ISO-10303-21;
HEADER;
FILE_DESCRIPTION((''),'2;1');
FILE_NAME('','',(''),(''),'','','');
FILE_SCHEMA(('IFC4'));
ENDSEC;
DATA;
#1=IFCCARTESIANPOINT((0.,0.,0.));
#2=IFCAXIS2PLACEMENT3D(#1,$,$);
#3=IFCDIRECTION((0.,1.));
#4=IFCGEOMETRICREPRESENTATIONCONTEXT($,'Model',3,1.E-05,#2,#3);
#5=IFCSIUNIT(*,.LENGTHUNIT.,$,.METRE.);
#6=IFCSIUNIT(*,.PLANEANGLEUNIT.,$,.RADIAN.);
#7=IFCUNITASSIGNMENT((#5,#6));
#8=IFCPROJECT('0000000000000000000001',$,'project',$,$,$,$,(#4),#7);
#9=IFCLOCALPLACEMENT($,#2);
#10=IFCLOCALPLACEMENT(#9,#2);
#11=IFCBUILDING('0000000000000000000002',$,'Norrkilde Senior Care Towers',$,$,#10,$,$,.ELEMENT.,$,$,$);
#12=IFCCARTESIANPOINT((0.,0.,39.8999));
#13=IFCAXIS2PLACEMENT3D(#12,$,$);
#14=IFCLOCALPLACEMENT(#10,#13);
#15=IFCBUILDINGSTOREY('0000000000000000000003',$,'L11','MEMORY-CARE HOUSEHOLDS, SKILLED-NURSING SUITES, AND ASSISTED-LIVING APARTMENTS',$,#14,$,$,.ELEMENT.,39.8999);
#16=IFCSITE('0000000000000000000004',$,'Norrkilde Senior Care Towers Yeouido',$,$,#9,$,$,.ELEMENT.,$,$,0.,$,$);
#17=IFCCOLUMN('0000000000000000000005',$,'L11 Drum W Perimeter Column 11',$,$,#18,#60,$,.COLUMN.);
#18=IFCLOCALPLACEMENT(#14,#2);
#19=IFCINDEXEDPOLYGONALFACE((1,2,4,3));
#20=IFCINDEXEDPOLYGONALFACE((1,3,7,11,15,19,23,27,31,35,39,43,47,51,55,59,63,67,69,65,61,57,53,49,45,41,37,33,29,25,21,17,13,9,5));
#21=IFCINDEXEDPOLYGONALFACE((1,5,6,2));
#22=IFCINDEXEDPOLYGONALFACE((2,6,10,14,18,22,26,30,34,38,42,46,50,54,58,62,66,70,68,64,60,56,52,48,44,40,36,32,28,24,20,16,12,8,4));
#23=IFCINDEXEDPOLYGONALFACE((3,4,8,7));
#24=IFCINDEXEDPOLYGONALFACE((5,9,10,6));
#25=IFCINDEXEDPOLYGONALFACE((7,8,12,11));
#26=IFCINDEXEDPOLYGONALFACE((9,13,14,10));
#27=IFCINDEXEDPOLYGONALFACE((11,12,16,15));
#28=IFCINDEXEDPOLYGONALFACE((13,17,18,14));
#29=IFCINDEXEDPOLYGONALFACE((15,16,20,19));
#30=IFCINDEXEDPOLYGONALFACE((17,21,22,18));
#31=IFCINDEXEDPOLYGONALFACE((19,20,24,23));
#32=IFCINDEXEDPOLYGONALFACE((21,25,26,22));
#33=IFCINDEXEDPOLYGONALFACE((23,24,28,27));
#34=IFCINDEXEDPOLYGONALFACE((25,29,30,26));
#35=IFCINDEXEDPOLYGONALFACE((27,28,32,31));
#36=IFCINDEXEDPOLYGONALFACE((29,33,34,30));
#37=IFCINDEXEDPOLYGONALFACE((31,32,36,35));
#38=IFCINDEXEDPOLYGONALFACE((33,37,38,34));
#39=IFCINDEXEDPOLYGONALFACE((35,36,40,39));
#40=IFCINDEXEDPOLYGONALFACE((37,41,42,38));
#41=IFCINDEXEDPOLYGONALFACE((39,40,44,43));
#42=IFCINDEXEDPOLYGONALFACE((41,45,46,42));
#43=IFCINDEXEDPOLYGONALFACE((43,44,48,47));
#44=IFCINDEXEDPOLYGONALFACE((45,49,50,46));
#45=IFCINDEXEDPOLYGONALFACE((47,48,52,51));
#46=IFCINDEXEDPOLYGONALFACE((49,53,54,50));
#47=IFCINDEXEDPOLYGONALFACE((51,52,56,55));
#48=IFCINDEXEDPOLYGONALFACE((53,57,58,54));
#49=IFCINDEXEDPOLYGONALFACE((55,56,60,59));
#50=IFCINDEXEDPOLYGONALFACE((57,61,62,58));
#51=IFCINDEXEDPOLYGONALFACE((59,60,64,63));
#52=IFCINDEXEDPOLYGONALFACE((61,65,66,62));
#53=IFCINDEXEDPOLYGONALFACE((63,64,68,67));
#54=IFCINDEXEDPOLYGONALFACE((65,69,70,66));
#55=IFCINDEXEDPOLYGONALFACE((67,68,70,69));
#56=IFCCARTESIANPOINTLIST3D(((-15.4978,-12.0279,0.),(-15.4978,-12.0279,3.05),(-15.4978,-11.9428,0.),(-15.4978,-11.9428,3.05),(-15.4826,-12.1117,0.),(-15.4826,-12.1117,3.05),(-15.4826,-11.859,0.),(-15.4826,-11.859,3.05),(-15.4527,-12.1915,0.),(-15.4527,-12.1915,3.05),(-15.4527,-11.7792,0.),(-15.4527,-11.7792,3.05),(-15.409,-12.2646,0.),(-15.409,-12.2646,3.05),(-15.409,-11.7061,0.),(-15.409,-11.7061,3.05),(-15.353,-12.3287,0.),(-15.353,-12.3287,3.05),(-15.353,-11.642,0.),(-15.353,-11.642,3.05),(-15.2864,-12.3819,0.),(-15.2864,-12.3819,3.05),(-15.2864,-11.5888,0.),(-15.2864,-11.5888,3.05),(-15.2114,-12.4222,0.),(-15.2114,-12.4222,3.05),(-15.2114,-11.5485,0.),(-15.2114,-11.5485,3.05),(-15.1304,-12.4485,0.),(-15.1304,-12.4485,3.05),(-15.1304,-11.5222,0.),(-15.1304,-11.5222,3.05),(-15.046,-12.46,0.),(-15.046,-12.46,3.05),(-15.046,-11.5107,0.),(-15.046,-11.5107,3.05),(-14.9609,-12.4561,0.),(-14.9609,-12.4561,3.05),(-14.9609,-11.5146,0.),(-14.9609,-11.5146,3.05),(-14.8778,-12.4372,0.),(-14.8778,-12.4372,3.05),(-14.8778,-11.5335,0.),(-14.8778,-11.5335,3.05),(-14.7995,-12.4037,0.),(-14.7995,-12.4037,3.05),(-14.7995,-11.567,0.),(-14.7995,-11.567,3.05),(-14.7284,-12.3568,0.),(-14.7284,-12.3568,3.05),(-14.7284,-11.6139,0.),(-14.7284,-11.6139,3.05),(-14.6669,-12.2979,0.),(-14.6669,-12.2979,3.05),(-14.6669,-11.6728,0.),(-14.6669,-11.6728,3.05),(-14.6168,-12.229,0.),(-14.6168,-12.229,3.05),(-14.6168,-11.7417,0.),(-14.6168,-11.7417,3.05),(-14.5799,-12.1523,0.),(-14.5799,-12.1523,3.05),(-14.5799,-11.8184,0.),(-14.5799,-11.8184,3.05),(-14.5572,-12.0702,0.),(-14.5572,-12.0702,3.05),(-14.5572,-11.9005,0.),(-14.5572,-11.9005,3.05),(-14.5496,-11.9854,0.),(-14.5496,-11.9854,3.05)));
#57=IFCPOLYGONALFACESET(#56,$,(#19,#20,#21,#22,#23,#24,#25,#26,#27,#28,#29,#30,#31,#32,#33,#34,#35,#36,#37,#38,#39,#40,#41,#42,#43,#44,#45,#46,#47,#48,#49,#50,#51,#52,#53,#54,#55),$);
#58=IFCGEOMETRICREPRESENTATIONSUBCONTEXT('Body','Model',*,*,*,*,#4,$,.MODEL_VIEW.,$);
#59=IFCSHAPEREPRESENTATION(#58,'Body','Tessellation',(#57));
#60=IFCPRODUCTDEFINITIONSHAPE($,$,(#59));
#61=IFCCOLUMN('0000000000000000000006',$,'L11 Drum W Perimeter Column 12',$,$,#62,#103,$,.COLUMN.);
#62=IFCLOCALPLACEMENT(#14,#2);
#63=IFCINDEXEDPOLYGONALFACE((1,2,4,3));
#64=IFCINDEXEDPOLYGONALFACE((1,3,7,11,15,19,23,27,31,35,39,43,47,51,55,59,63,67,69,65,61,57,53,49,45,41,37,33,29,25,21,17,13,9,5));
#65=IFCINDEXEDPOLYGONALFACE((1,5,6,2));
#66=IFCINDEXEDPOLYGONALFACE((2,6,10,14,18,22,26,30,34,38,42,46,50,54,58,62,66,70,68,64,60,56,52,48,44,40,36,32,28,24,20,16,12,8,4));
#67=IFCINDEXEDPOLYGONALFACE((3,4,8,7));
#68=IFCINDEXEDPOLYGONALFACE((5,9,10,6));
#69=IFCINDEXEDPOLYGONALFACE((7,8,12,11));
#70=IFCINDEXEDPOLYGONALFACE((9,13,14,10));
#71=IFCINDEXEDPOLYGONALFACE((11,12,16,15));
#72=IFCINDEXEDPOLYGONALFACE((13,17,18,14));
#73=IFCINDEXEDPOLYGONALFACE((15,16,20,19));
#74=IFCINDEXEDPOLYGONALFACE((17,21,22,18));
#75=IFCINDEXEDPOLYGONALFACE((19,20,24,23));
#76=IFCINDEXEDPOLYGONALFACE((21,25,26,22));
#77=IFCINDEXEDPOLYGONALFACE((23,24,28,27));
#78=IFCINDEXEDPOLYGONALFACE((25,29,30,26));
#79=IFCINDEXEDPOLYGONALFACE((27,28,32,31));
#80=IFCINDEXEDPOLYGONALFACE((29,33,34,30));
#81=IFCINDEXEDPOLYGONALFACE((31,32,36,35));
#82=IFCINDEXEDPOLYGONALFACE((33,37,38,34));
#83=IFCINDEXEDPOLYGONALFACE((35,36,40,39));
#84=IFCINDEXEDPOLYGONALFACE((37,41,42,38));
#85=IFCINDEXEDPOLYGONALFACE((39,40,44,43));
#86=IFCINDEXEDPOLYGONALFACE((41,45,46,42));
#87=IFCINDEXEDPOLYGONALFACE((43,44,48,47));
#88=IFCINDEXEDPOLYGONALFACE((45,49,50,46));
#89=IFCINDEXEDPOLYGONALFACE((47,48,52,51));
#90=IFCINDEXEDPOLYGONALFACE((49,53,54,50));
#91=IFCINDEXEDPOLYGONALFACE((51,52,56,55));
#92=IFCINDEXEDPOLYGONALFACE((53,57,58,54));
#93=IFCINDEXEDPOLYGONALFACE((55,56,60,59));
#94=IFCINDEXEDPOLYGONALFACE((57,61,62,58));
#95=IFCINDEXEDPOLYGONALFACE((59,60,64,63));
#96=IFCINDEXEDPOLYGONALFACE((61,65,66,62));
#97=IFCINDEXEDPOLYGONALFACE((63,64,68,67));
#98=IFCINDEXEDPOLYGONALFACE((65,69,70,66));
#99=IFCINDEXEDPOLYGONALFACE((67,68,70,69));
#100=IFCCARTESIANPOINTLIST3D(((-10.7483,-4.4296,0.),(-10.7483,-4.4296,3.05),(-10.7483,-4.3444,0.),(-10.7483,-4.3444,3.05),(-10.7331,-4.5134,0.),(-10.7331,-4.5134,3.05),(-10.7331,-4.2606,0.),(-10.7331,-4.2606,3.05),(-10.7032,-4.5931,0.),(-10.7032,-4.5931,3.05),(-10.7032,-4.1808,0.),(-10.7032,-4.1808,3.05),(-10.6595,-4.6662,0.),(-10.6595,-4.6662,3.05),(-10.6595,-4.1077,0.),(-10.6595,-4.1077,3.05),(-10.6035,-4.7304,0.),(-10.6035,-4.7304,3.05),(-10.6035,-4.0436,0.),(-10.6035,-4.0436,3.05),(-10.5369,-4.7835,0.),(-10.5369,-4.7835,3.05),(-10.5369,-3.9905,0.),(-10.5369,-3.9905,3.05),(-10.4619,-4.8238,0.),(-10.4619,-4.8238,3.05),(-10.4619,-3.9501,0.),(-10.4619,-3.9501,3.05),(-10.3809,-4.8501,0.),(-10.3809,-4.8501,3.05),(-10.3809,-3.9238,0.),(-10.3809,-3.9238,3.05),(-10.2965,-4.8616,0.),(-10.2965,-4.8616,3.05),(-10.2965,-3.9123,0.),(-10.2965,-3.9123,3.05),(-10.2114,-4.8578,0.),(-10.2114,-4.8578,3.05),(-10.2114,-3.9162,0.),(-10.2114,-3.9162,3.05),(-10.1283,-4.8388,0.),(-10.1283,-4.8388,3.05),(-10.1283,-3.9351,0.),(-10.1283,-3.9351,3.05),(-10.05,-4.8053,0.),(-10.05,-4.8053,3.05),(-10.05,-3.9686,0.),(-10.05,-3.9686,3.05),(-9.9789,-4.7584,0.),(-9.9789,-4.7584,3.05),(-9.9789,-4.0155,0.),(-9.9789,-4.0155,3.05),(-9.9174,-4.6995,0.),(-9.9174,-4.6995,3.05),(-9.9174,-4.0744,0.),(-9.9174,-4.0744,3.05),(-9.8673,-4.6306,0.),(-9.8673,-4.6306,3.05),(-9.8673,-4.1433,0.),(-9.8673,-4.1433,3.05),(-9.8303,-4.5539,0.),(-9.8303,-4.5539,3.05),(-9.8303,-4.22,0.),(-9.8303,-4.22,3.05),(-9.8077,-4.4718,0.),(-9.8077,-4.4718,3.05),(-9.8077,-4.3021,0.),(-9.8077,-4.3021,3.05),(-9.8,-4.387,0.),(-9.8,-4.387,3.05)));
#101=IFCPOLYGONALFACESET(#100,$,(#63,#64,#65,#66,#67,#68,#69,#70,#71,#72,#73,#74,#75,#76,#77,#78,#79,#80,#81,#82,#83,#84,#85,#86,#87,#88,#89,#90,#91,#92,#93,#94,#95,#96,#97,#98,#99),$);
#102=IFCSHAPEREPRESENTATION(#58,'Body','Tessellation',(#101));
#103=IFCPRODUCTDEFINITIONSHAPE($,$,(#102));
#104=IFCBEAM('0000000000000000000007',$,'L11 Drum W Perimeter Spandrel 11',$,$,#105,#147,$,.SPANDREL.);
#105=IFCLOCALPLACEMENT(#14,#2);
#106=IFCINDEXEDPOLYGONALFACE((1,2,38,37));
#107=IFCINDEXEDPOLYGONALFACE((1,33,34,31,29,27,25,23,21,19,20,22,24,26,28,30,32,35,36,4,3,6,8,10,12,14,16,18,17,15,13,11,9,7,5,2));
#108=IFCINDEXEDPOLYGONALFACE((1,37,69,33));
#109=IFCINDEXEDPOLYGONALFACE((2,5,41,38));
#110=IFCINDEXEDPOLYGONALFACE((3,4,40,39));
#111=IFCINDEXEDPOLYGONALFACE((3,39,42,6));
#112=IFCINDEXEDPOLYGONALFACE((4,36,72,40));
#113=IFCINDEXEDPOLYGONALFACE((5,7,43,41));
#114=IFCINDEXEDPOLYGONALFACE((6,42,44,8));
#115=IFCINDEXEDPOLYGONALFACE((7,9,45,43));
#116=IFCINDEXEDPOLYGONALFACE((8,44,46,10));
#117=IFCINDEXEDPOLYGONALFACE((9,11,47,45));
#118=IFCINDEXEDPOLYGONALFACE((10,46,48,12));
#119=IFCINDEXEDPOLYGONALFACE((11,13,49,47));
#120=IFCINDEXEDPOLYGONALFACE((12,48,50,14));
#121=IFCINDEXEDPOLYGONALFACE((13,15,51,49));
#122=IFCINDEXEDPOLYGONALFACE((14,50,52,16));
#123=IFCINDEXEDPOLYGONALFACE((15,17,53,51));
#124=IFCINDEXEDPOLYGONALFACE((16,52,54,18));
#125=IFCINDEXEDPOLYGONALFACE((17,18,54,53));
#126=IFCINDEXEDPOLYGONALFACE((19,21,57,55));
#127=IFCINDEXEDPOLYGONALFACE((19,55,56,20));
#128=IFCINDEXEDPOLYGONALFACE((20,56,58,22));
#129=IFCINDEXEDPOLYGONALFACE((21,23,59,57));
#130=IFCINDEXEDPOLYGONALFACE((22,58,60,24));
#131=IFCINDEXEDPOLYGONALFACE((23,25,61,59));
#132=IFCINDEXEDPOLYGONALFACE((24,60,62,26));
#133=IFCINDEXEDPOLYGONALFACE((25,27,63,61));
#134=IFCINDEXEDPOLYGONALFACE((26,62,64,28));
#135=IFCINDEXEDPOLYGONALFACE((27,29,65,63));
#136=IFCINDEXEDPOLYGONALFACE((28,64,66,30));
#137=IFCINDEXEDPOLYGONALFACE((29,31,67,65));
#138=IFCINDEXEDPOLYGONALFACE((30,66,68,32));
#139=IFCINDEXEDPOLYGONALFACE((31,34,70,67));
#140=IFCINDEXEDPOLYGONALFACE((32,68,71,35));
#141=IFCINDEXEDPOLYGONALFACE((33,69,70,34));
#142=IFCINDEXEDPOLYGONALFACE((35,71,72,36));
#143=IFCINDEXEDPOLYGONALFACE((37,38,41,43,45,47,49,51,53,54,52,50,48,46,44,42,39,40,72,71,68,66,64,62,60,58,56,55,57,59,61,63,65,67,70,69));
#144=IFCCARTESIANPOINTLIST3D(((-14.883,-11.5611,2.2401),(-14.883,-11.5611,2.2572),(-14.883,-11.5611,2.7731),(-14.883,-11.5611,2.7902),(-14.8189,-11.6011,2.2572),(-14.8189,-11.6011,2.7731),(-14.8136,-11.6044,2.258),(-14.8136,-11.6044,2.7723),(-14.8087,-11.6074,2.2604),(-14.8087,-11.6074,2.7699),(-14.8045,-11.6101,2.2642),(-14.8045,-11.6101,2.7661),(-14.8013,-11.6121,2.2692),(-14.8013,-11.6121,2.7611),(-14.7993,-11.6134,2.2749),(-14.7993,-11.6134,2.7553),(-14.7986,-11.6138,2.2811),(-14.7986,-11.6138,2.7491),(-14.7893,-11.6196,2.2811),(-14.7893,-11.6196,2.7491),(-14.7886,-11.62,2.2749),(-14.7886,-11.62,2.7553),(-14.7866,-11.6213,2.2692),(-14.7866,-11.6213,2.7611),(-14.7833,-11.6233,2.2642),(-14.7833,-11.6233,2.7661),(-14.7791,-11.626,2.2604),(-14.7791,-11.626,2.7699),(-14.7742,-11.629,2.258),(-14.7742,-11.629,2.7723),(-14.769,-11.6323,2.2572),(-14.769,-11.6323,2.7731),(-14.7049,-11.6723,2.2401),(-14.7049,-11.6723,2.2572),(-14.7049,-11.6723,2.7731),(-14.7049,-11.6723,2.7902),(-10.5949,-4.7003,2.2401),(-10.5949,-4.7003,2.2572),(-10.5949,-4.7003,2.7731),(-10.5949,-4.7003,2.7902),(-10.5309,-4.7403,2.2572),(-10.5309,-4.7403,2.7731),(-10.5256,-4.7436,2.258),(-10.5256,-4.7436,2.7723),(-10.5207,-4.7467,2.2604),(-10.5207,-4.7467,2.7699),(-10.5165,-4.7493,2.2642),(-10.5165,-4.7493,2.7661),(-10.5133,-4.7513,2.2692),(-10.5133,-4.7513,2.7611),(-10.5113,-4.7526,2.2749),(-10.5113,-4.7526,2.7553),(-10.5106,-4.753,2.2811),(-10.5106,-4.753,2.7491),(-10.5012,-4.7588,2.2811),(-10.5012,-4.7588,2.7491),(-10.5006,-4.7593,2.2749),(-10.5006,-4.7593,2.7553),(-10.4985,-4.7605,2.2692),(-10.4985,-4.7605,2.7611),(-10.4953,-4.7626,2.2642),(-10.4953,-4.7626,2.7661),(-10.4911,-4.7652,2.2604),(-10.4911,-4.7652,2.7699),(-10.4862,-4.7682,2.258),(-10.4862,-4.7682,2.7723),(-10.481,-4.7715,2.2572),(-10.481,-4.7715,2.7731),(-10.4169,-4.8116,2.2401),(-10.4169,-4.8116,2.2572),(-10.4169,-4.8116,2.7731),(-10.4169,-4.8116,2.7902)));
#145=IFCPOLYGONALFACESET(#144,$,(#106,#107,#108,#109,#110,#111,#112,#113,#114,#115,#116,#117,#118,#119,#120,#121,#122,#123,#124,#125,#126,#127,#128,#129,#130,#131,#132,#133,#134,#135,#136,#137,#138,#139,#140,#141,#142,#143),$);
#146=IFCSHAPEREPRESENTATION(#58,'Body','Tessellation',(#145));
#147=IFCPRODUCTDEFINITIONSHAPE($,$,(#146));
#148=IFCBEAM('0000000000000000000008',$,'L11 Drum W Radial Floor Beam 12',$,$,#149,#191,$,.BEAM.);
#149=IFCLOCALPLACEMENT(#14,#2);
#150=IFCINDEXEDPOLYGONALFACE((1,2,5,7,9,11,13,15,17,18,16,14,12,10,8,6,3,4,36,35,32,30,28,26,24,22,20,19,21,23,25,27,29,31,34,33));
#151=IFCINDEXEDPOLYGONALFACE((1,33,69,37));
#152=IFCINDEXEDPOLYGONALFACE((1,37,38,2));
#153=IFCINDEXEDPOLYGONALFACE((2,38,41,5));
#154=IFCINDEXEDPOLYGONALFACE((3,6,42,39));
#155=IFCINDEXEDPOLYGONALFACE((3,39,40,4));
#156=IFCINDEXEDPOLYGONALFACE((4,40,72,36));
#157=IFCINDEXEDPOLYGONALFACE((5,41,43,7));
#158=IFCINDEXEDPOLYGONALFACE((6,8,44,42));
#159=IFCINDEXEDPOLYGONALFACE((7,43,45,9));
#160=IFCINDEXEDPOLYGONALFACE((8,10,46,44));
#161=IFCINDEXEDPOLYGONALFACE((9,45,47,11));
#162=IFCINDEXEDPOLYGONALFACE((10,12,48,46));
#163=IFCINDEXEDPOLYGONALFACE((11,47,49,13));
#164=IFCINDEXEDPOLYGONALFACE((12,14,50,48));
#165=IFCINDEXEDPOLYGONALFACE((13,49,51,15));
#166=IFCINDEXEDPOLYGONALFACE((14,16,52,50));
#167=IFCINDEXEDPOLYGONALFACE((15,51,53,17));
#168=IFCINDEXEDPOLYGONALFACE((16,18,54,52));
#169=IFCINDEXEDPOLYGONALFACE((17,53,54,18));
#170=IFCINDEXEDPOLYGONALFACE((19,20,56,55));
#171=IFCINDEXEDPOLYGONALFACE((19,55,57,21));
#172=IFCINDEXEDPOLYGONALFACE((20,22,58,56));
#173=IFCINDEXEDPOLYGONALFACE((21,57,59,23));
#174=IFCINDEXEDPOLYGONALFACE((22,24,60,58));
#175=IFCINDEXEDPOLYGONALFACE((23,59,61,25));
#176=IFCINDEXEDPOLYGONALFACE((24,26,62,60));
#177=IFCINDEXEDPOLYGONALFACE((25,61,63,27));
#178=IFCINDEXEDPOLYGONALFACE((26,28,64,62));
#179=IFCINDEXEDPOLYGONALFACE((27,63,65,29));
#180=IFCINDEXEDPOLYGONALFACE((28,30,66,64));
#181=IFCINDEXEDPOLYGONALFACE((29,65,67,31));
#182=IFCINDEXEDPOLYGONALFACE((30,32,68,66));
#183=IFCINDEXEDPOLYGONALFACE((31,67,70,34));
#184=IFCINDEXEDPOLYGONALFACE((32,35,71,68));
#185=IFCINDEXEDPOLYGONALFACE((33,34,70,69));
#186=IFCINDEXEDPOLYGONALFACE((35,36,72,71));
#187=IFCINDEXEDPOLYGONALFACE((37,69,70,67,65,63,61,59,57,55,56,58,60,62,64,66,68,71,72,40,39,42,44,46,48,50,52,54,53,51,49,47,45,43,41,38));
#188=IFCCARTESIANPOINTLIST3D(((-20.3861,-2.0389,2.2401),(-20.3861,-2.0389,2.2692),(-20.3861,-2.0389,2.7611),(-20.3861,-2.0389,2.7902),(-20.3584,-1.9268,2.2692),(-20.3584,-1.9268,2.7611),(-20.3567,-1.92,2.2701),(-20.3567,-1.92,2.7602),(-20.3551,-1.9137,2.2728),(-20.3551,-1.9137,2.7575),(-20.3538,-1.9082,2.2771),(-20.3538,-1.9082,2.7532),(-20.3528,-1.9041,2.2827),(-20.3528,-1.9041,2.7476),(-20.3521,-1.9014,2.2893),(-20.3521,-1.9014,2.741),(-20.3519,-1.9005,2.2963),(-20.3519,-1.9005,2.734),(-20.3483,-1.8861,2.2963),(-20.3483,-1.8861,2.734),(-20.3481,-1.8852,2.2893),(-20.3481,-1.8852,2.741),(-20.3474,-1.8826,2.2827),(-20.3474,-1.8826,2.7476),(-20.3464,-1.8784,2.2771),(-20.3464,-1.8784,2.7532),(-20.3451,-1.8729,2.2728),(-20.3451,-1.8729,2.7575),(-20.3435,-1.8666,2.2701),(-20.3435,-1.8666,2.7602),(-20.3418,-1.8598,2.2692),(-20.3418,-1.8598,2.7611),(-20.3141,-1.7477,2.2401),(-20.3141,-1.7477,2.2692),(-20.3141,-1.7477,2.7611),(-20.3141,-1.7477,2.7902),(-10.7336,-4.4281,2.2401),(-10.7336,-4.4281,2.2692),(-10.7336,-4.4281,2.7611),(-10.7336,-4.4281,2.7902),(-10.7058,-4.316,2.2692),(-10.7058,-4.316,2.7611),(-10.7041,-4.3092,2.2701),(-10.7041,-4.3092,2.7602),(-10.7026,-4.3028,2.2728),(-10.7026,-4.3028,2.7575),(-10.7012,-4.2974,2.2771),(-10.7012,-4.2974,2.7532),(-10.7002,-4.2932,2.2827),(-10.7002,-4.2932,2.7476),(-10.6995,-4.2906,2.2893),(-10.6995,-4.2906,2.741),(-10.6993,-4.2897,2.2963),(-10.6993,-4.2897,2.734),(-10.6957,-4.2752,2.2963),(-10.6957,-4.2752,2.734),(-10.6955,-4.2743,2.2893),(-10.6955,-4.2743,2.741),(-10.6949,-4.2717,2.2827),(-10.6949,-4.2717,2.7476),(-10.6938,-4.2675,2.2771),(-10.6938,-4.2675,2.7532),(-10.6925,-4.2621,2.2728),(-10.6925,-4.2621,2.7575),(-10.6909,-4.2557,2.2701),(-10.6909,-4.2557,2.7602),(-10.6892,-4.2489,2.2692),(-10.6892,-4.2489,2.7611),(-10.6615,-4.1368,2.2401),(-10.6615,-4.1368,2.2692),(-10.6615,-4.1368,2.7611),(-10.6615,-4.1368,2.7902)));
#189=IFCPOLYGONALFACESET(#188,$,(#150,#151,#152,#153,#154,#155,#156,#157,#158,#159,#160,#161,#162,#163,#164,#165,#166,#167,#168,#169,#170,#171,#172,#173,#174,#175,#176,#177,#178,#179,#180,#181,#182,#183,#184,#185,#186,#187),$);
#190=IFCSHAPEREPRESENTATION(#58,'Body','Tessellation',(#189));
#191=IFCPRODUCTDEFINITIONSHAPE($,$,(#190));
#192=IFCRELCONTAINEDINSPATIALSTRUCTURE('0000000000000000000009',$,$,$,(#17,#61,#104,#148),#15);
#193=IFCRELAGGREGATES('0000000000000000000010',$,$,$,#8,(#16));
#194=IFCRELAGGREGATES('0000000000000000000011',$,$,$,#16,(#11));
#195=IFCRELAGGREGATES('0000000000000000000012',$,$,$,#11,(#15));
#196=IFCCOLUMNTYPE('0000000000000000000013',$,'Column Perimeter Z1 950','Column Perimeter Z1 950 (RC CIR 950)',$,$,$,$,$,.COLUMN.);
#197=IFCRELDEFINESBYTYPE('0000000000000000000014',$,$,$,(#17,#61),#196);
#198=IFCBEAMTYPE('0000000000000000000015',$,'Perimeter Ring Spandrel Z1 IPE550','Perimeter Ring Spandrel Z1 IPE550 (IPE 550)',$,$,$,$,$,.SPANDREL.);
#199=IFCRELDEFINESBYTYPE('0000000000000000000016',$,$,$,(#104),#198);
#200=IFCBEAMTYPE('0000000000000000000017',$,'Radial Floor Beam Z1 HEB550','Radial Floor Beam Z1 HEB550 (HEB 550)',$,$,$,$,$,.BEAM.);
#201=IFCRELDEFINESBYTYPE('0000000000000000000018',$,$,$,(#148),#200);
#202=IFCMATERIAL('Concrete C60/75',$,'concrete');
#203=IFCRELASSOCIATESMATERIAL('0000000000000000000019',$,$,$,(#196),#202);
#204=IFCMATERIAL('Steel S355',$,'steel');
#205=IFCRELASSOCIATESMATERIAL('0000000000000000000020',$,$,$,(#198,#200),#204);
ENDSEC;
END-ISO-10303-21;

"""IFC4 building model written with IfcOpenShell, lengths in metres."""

from ifc_helpers import new_model, si_unit, direction, frame, origin, origin_2d, place, context, subcontext, project, spatial, circle, i_section, extrude, source, transform, mapped, material, material_profile, profile_set, type_object, type_shapes, element, save


model = new_model("IFC4")

# Units and contexts
model_context = context("Model", 3, precision=1e-05, world=origin(), true_north=direction((0.0, 1.0)))
body_context = subcontext(model_context, "Body", "Model", "MODEL_VIEW")
ifc_project = project(units=[si_unit("LENGTHUNIT", "METRE"), si_unit("PLANEANGLEUNIT", "RADIAN")], contexts=[model_context])

# Site, building, storey
site_placement = place(None, origin())
site = spatial("IfcSite", under=ifc_project, at=site_placement, Name="Norrkilde Senior Care Towers Yeouido", CompositionType="ELEMENT", RefElevation=0.0)
building_placement = place(site_placement, origin())
building = spatial("IfcBuilding", under=site, at=building_placement, Name="Norrkilde Senior Care Towers", CompositionType="ELEMENT")
storey_placement = place(building_placement, frame((0.0, 0.0, 39.8999)))
storey = spatial("IfcBuildingStorey", under=building, at=storey_placement, Name="L11", Description="MEMORY-CARE HOUSEHOLDS, SKILLED-NURSING SUITES, AND ASSISTED-LIVING APARTMENTS", CompositionType="ELEMENT", Elevation=39.8999)

# Columns
ifc_material_1 = material(Name="Concrete C60/75", Category="concrete")
ifc_material_profile_1 = material_profile(ifc_material_1, circle(Radius=0.4751, at=origin_2d()), Name="RC CIR 950")
ifc_profile_set_1 = profile_set([ifc_material_profile_1], Name="Concrete C60/75")
column_type = type_object("IfcColumnType", Name="Column Perimeter Z1 950", Description="Column Perimeter Z1 950 (RC CIR 950)", PredefinedType="COLUMN", material=ifc_profile_set_1)
shared_shape_1 = source(origin(), body_context, "Body", "SweptSolid", [
    extrude(circle(Radius=0.4751, at=origin_2d()), origin(), (0.0, 0.0, 1.0), 3.05),
])
type_shapes(column_type, [shared_shape_1])
for number, where, z_axis, x_axis, name in (
    (1, (-15.0247, -11.9854, 0.0), (0.0, 0.0, 1.0), (1.0, 0.0, 0.0), "L11 Drum W Perimeter Column 11"),
    (2, (-10.2751, -4.387, 0.0), (0.0, 0.0, 1.0), (1.0, 0.0, 0.0), "L11 Drum W Perimeter Column 12"),
):
    element("IfcColumn", number, at=place(storey_placement, frame(where, z_axis=z_axis, x_axis=x_axis)), inside=storey, type_object=column_type, Name=name, PredefinedType="COLUMN", context=body_context, shape_type="MappedRepresentation", body=[
        mapped(shared_shape_1, transform((0.0, 0.0, 0.0), x_axis=(1.0, 0.0, 0.0), y_axis=(0.0, 1.0, 0.0), z_axis=(0.0, 0.0, 1.0), scale=1.0)),
    ])

# Beams
ifc_material_2 = material(Name="Steel S355", Category="steel")
ifc_material_profile_2 = material_profile(ifc_material_2, i_section(OverallWidth=0.21, OverallDepth=0.55, WebThickness=0.011, FlangeThickness=0.0171, FilletRadius=0.0239, at=origin_2d()), Name="IPE 550")
ifc_profile_set_2 = profile_set([ifc_material_profile_2], Name="Steel S355")
beam_type_1 = type_object("IfcBeamType", Name="Perimeter Ring Spandrel Z1 IPE550", Description="Perimeter Ring Spandrel Z1 IPE550 (IPE 550)", PredefinedType="SPANDREL", material=ifc_profile_set_2)
shared_shape_2 = source(origin(), body_context, "Body", "SweptSolid", [
    extrude(i_section(OverallWidth=0.21, OverallDepth=0.55, WebThickness=0.011, FlangeThickness=0.0171, FilletRadius=0.0239, at=origin_2d()), origin(), (0.0, 0.0, 1.0), 8.0906),
])
beam_1_placement = place(storey_placement, frame((-14.7939, -11.6167, 2.5151), z_axis=(0.530004, 0.847995, 0.0), x_axis=(-0.847995, 0.530004, 0.0)))
element("IfcBeam", 3, at=beam_1_placement, inside=storey, type_object=beam_type_1, Name="L11 Drum W Perimeter Spandrel 11", PredefinedType="SPANDREL", context=body_context, shape_type="MappedRepresentation", body=[
    mapped(shared_shape_2, transform((0.0, 0.0, 0.0), x_axis=(1.0, 0.0, 0.0), y_axis=(0.0, 1.0, 0.0), z_axis=(0.0, 0.0, 1.0), scale=1.0)),
])
ifc_material_profile_3 = material_profile(ifc_material_2, i_section(OverallWidth=0.3, OverallDepth=0.55, WebThickness=0.0149, FlangeThickness=0.0291, FilletRadius=0.0271, at=origin_2d()), Name="HEB 550")
ifc_profile_set_3 = profile_set([ifc_material_profile_3], Name="Steel S355")
beam_type_2 = type_object("IfcBeamType", Name="Radial Floor Beam Z1 HEB550", Description="Radial Floor Beam Z1 HEB550 (HEB 550)", PredefinedType="BEAM", material=ifc_profile_set_3)
shared_shape_3 = source(origin(), body_context, "Body", "SweptSolid", [
    extrude(i_section(OverallWidth=0.3, OverallDepth=0.55, WebThickness=0.0149, FlangeThickness=0.0291, FilletRadius=0.0271, at=origin_2d()), origin(), (0.0, 0.0, 1.0), 9.9438),
])
type_shapes(beam_type_2, [shared_shape_3])
beam_2_placement = place(storey_placement, frame((-20.3501, -1.8933, 2.5151), z_axis=(0.970707, -0.240265, 0.0), x_axis=(0.240265, 0.970707, 0.0)))
element("IfcBeam", 4, at=beam_2_placement, inside=storey, type_object=beam_type_2, Name="L11 Drum W Radial Floor Beam 12", PredefinedType="BEAM", context=body_context, shape_type="MappedRepresentation", body=[
    mapped(shared_shape_3, transform((0.0, 0.0, 0.0), x_axis=(1.0, 0.0, 0.0), y_axis=(0.0, 1.0, 0.0), z_axis=(0.0, 0.0, 1.0), scale=1.0)),
])

save(model, "model.ifc")
